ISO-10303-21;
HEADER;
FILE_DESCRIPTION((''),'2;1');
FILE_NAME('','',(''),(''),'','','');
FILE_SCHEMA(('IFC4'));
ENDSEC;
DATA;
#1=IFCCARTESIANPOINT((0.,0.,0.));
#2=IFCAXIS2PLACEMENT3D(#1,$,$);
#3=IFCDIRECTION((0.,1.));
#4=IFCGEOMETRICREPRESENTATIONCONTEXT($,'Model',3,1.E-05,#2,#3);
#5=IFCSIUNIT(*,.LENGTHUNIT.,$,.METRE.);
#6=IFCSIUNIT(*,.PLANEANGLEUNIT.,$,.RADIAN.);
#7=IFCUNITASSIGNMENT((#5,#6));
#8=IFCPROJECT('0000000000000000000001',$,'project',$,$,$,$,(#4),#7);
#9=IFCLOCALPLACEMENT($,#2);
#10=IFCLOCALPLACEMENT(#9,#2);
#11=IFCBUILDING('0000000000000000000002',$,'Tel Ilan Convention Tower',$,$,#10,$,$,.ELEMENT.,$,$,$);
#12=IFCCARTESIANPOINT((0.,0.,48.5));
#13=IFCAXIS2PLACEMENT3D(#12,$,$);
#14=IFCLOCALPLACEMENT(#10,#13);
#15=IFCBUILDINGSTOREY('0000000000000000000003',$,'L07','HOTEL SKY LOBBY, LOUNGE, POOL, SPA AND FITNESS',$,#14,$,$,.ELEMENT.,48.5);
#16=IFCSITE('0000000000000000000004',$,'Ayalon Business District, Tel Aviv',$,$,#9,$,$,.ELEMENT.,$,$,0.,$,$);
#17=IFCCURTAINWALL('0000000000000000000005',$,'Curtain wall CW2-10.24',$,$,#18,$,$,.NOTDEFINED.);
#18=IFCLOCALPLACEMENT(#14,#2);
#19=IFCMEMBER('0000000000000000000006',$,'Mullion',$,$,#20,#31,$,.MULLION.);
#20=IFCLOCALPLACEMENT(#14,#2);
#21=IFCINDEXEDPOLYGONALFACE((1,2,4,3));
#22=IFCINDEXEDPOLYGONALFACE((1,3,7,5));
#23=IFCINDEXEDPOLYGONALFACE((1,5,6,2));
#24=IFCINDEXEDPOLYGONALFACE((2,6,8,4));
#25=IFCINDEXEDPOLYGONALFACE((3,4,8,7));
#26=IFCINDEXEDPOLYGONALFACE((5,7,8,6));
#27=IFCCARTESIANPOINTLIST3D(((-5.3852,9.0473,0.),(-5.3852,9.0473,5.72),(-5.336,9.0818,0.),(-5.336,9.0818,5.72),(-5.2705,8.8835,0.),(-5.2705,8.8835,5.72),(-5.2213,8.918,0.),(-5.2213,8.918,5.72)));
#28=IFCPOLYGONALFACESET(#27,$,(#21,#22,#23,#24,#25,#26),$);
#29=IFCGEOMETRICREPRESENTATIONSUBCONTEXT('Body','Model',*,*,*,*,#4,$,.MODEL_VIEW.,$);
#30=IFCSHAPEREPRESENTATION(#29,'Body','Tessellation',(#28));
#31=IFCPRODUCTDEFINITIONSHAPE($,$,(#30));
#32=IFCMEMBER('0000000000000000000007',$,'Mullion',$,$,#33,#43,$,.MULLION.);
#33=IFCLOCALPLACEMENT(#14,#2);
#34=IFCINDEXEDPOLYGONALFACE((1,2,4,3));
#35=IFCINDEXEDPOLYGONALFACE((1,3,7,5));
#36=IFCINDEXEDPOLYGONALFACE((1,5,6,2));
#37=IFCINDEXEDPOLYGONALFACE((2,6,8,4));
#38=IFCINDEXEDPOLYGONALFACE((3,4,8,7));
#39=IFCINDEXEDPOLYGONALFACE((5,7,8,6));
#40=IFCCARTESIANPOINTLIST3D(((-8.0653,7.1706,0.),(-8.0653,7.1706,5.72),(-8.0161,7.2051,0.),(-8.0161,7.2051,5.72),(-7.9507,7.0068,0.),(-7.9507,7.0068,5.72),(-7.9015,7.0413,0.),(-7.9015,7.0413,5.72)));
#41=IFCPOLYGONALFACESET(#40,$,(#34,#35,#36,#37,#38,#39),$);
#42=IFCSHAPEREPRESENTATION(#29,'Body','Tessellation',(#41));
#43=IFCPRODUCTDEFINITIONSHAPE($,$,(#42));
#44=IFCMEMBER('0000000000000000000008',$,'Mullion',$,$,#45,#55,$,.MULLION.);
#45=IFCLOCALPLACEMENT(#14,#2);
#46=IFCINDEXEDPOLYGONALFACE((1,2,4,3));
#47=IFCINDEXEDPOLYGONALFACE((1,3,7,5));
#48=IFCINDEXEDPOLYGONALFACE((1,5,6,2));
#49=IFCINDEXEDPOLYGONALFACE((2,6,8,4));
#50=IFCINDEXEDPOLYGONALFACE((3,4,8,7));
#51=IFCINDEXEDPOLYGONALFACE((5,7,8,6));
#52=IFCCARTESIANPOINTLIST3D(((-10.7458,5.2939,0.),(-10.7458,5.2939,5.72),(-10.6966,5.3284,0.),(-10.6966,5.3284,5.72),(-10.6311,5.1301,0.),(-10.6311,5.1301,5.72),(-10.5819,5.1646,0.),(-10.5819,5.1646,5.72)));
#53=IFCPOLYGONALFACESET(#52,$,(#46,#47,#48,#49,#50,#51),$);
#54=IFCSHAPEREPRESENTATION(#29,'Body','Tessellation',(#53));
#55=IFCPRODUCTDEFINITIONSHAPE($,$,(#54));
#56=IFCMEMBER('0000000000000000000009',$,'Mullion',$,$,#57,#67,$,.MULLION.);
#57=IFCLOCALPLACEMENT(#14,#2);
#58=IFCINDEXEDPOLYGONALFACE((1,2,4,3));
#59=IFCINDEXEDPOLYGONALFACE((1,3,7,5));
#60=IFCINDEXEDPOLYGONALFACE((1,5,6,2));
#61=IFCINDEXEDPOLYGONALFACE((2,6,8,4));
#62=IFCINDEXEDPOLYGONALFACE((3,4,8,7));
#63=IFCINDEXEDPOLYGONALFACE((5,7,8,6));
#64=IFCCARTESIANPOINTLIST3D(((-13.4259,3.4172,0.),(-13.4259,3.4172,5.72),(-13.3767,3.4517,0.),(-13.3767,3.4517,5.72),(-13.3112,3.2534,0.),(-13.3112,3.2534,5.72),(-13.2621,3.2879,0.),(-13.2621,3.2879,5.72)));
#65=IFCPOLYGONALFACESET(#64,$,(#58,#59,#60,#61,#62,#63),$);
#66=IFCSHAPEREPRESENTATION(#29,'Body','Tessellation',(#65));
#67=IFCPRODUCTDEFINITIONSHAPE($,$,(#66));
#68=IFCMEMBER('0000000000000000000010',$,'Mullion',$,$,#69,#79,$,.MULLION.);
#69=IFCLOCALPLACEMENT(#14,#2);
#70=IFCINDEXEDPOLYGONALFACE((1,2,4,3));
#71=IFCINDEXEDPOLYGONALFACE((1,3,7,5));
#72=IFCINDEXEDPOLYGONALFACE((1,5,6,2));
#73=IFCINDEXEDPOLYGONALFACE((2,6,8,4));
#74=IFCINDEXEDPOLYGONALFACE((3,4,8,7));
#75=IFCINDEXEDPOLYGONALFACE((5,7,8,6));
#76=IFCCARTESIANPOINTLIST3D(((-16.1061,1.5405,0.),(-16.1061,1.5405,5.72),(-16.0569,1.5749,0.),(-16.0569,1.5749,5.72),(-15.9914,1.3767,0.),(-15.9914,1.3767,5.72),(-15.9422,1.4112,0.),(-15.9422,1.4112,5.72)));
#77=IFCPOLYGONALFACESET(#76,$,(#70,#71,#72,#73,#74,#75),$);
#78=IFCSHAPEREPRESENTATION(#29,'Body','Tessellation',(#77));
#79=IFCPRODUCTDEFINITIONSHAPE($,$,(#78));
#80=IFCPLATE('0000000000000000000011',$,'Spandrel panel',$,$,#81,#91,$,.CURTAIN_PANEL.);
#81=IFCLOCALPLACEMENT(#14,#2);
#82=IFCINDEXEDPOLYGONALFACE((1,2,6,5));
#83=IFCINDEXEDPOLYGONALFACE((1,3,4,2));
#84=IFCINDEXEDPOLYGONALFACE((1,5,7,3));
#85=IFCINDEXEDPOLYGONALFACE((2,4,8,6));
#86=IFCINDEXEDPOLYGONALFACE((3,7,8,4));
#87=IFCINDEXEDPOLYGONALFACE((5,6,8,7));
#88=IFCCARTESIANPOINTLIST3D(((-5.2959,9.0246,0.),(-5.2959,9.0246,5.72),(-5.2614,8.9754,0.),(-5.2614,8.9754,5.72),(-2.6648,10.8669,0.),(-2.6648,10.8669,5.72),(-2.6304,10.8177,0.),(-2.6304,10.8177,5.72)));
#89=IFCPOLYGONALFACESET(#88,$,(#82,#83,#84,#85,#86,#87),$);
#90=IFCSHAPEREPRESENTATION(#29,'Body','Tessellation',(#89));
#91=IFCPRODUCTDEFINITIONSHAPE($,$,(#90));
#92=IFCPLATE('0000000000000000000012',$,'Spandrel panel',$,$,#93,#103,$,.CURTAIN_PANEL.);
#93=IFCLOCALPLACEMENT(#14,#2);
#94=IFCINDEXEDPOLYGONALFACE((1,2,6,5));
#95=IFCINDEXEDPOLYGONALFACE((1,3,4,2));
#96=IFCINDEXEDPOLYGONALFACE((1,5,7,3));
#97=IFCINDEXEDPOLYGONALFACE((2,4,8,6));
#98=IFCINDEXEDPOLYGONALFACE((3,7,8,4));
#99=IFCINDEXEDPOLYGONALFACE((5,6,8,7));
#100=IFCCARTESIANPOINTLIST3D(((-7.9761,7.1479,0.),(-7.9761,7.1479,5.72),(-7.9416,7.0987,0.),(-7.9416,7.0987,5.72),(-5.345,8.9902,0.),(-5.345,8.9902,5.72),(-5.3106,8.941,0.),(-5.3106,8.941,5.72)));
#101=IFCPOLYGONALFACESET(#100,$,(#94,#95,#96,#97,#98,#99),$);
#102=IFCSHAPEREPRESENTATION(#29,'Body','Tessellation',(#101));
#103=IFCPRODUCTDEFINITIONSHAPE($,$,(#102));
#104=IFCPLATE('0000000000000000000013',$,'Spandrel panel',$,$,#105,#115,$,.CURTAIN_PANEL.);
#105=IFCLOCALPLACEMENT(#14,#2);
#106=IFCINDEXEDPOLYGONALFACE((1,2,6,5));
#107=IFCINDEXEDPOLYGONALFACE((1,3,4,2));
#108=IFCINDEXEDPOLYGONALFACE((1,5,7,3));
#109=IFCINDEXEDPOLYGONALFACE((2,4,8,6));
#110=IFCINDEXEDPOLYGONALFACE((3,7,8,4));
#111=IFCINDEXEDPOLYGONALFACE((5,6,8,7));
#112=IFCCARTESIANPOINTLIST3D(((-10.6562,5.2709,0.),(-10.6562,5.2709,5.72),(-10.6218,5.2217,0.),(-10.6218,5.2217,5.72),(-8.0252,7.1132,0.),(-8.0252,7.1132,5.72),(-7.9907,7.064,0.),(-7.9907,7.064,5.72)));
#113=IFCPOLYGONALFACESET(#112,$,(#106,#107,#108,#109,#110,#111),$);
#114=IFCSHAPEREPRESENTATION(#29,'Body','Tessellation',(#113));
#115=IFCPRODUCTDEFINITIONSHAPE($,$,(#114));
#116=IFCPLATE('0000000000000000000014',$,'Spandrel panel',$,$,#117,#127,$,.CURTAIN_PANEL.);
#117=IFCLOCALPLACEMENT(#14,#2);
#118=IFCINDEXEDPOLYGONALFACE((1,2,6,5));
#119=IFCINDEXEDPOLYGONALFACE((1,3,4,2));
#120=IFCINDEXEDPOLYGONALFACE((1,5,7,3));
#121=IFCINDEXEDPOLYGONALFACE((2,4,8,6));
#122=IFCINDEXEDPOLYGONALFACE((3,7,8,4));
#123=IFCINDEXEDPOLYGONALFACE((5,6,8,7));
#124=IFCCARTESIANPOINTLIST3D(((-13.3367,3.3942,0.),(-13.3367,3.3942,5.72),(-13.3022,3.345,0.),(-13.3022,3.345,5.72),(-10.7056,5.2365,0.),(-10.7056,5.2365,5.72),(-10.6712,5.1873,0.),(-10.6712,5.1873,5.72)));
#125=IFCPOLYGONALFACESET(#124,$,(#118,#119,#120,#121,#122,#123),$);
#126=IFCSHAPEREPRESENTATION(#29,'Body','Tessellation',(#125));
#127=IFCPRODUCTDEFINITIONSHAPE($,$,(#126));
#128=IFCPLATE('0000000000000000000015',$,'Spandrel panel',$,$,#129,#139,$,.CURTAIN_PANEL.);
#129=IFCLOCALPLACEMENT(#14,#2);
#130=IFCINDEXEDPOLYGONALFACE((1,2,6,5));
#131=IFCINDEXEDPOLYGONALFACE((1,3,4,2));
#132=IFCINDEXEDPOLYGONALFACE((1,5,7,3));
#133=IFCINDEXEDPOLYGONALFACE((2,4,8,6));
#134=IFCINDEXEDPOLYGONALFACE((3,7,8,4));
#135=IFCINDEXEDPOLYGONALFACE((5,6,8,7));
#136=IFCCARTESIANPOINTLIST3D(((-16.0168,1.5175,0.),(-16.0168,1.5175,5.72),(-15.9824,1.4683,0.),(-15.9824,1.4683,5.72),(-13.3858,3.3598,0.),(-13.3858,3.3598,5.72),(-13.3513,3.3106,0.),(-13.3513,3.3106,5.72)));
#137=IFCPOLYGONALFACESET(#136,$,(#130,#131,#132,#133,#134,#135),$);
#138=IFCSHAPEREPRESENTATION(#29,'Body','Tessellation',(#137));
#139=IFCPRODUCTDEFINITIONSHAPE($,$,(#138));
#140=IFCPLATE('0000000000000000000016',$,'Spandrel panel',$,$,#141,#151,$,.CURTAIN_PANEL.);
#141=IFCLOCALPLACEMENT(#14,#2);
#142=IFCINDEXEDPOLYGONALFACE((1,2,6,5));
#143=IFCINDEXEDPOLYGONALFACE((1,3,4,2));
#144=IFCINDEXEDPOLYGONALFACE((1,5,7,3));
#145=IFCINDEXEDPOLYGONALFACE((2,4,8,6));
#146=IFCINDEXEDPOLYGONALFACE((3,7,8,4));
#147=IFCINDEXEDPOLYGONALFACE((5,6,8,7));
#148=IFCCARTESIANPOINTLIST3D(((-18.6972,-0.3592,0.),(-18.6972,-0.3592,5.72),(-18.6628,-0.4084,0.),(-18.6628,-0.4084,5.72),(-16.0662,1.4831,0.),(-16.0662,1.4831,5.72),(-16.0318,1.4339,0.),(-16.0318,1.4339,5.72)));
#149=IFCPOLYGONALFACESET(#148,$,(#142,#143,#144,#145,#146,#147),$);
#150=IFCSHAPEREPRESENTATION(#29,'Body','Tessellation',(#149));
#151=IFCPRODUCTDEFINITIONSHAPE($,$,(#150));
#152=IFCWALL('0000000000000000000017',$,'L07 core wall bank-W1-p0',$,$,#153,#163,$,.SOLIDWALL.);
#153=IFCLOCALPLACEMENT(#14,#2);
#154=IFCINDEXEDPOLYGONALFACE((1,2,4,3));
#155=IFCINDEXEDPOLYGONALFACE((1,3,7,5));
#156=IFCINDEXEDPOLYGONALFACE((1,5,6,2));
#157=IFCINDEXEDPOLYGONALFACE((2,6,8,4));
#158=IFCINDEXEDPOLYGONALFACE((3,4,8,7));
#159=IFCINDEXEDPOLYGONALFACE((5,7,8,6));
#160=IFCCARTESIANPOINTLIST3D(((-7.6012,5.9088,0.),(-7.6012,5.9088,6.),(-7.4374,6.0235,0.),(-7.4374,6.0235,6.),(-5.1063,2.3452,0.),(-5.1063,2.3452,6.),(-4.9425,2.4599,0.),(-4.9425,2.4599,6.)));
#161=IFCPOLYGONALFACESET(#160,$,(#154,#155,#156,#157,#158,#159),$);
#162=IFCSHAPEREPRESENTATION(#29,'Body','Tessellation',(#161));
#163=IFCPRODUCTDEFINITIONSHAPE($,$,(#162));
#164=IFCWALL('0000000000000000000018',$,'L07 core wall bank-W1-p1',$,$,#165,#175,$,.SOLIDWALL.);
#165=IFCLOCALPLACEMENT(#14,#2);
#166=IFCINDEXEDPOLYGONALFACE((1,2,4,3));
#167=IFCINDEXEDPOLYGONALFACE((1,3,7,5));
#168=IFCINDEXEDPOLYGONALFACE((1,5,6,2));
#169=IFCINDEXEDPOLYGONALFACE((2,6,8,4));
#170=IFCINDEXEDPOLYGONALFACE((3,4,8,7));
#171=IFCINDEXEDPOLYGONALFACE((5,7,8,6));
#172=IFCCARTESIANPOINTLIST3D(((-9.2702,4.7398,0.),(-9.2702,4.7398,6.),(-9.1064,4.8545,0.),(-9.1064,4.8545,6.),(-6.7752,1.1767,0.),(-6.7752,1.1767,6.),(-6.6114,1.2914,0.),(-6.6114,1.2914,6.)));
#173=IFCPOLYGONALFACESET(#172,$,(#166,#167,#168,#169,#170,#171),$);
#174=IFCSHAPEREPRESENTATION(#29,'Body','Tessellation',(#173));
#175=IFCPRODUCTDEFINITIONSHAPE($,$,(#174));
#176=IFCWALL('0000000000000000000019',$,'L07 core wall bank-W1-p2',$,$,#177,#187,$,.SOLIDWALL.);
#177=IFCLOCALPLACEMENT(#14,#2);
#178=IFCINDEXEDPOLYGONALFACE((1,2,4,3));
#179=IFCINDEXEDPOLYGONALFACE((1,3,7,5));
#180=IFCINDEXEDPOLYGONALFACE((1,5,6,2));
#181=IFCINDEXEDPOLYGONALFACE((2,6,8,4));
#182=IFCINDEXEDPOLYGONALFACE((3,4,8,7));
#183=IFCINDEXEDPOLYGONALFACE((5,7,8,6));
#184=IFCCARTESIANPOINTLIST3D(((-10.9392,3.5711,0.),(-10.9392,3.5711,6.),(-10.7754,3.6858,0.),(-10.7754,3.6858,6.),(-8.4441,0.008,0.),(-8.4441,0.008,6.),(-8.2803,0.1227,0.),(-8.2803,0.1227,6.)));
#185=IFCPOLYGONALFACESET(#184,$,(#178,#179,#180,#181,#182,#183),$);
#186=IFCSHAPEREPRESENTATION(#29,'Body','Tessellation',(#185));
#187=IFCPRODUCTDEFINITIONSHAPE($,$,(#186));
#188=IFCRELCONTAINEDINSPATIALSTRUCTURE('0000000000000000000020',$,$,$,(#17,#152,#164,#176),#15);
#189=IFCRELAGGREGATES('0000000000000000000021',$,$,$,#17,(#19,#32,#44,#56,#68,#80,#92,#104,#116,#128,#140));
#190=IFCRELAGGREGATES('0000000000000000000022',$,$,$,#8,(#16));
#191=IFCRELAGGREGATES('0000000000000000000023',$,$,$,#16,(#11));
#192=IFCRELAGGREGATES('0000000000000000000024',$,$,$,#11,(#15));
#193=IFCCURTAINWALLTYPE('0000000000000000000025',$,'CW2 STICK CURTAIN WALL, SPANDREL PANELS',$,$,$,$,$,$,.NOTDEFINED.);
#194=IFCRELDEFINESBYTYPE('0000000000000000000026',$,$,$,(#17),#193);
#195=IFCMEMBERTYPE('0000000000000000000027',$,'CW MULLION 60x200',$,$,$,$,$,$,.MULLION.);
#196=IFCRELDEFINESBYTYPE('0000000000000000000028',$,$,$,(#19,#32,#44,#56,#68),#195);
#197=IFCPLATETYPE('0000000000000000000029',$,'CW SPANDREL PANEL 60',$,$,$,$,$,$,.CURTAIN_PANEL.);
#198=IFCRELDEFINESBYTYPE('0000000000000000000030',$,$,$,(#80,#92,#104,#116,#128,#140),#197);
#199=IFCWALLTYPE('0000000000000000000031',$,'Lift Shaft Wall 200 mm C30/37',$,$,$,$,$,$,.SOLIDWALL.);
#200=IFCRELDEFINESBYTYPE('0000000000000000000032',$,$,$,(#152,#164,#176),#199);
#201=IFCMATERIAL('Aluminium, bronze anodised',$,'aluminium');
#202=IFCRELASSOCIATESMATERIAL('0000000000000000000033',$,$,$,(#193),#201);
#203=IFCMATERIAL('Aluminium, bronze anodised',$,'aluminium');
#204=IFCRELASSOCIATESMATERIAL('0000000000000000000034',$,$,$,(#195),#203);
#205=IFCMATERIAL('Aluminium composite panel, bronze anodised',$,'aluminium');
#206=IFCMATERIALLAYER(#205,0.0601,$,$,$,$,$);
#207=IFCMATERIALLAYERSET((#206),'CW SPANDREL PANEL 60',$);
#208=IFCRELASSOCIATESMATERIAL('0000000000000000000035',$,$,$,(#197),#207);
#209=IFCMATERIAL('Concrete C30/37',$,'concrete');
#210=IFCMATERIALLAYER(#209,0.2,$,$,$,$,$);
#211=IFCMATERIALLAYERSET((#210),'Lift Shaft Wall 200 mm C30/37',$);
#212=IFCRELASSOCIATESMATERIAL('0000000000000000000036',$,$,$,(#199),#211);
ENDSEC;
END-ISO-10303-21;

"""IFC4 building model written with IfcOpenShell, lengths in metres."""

from ifc_helpers import new_model, si_unit, direction, frame, frame_2d, origin, origin_2d, place, context, subcontext, project, spatial, rectangle, extrude, material, layer, layer_set, material_profile, profile_set, type_object, element, aggregate, save


model = new_model("IFC4")

# Units and contexts
model_context = context("Model", 3, precision=1e-05, world=origin(), true_north=direction((0.0, 1.0)))
body_context = subcontext(model_context, "Body", "Model", "MODEL_VIEW")
ifc_project = project(units=[si_unit("LENGTHUNIT", "METRE"), si_unit("PLANEANGLEUNIT", "RADIAN")], contexts=[model_context])

# Site, building, storey
site_placement = place(None, origin())
site = spatial("IfcSite", under=ifc_project, at=site_placement, Name="Ayalon Business District, Tel Aviv", CompositionType="ELEMENT", RefElevation=0.0)
building_placement = place(site_placement, origin())
building = spatial("IfcBuilding", under=site, at=building_placement, Name="Tel Ilan Convention Tower", CompositionType="ELEMENT")
storey_placement = place(building_placement, frame((0.0, 0.0, 48.5)))
storey = spatial("IfcBuildingStorey", under=building, at=storey_placement, Name="L07", Description="HOTEL SKY LOBBY, LOUNGE, POOL, SPA AND FITNESS", CompositionType="ELEMENT", Elevation=48.5)

# Curtain wall, members, plates
ifc_material_1 = material(Name="Aluminium, bronze anodised", Category="aluminium")
curtain_wall_type = type_object("IfcCurtainWallType", Name="CW2 STICK CURTAIN WALL, SPANDREL PANELS", PredefinedType="NOTDEFINED", material=ifc_material_1)
curtain_wall_placement = place(storey_placement, origin())
curtain_wall = element("IfcCurtainWall", 1, at=curtain_wall_placement, inside=storey, type_object=curtain_wall_type, Name="Curtain wall CW2-10.24", PredefinedType="NOTDEFINED")
ifc_material_2 = material(Name="Aluminium, bronze anodised", Category="aluminium")
ifc_material_profile = material_profile(ifc_material_2, rectangle(XDim=0.0601, YDim=0.2, at=origin_2d()), Name="CW MULLION 60x200")
ifc_profile_set = profile_set([ifc_material_profile], Name="Aluminium, bronze anodised")
member_type = type_object("IfcMemberType", Name="CW MULLION 60x200", PredefinedType="MULLION", material=ifc_profile_set)
member_1_placement = place(storey_placement, frame((-5.3032, 8.9827, 0.0), z_axis=(0.0, 0.0, 1.0), x_axis=(-0.819152, -0.573576, 0.0)))
member_1 = element("IfcMember", 2, at=member_1_placement, type_object=member_type, Name="Mullion", PredefinedType="MULLION", context=body_context, shape_type="SweptSolid", body=[
    extrude(rectangle(XDim=0.0601, YDim=0.2, at=origin_2d()), origin(), (0.0, 0.0, 1.0), 5.72),
])
member_2_placement = place(storey_placement, frame((-7.9834, 7.106, 0.0), z_axis=(0.0, 0.0, 1.0), x_axis=(-0.819152, -0.573576, 0.0)))
member_2 = element("IfcMember", 3, at=member_2_placement, type_object=member_type, Name="Mullion", PredefinedType="MULLION", context=body_context, shape_type="SweptSolid", body=[
    extrude(rectangle(XDim=0.0601, YDim=0.2, at=origin_2d()), origin(), (0.0, 0.0, 1.0), 5.72),
])
member_3_placement = place(storey_placement, frame((-10.6638, 5.2292, 0.0), z_axis=(0.0, 0.0, 1.0), x_axis=(-0.819152, -0.573576, 0.0)))
member_3 = element("IfcMember", 4, at=member_3_placement, type_object=member_type, Name="Mullion", PredefinedType="MULLION", context=body_context, shape_type="SweptSolid", body=[
    extrude(rectangle(XDim=0.0601, YDim=0.2, at=origin_2d()), origin(), (0.0, 0.0, 1.0), 5.72),
])
member_4_placement = place(storey_placement, frame((-13.344, 3.3525, 0.0), z_axis=(0.0, 0.0, 1.0), x_axis=(-0.819152, -0.573576, 0.0)))
member_4 = element("IfcMember", 5, at=member_4_placement, type_object=member_type, Name="Mullion", PredefinedType="MULLION", context=body_context, shape_type="SweptSolid", body=[
    extrude(rectangle(XDim=0.0601, YDim=0.2, at=origin_2d()), origin(), (0.0, 0.0, 1.0), 5.72),
])
member_5_placement = place(storey_placement, frame((-16.0242, 1.4758, 0.0), z_axis=(0.0, 0.0, 1.0), x_axis=(-0.819152, -0.573576, 0.0)))
member_5 = element("IfcMember", 6, at=member_5_placement, type_object=member_type, Name="Mullion", PredefinedType="MULLION", context=body_context, shape_type="SweptSolid", body=[
    extrude(rectangle(XDim=0.0601, YDim=0.2, at=origin_2d()), origin(), (0.0, 0.0, 1.0), 5.72),
])
ifc_material_3 = material(Name="Aluminium composite panel, bronze anodised", Category="aluminium")
ifc_layer_1 = layer(ifc_material_3, 0.0601)
ifc_layer_set_1 = layer_set([ifc_layer_1], Name="CW SPANDREL PANEL 60")
plate_type = type_object("IfcPlateType", Name="CW SPANDREL PANEL 60", PredefinedType="CURTAIN_PANEL", material=ifc_layer_set_1)
plate_1_placement = place(storey_placement, frame((-3.9631, 9.9211, 0.0), z_axis=(0.0, 0.0, 1.0), x_axis=(-0.819152, -0.573576, 0.0)))
plate_1 = element("IfcPlate", 7, at=plate_1_placement, type_object=plate_type, Name="Spandrel panel", PredefinedType="CURTAIN_PANEL", context=body_context, shape_type="SweptSolid", body=[
    extrude(rectangle(XDim=3.2119, YDim=0.0601, at=origin_2d()), origin(), (0.0, 0.0, 1.0), 5.72),
])
plate_2_placement = place(storey_placement, frame((-6.6433, 8.0444, 0.0), z_axis=(0.0, 0.0, 1.0), x_axis=(-0.819152, -0.573576, 0.0)))
plate_2 = element("IfcPlate", 8, at=plate_2_placement, type_object=plate_type, Name="Spandrel panel", PredefinedType="CURTAIN_PANEL", context=body_context, shape_type="SweptSolid", body=[
    extrude(rectangle(XDim=3.2119, YDim=0.0601, at=origin_2d()), origin(), (0.0, 0.0, 1.0), 5.72),
])
plate_3_placement = place(storey_placement, frame((-9.3235, 6.1675, 0.0), z_axis=(0.0, 0.0, 1.0), x_axis=(-0.819152, -0.573576, 0.0)))
plate_3 = element("IfcPlate", 9, at=plate_3_placement, type_object=plate_type, Name="Spandrel panel", PredefinedType="CURTAIN_PANEL", context=body_context, shape_type="SweptSolid", body=[
    extrude(rectangle(XDim=3.2119, YDim=0.0601, at=origin_2d()), origin(), (0.0, 0.0, 1.0), 5.72),
])
plate_4_placement = place(storey_placement, frame((-12.0039, 4.2908, 0.0), z_axis=(0.0, 0.0, 1.0), x_axis=(-0.819152, -0.573576, 0.0)))
plate_4 = element("IfcPlate", 10, at=plate_4_placement, type_object=plate_type, Name="Spandrel panel", PredefinedType="CURTAIN_PANEL", context=body_context, shape_type="SweptSolid", body=[
    extrude(rectangle(XDim=3.2119, YDim=0.0601, at=origin_2d()), origin(), (0.0, 0.0, 1.0), 5.72),
])
plate_5_placement = place(storey_placement, frame((-14.6841, 2.4141, 0.0), z_axis=(0.0, 0.0, 1.0), x_axis=(-0.819152, -0.573576, 0.0)))
plate_5 = element("IfcPlate", 11, at=plate_5_placement, type_object=plate_type, Name="Spandrel panel", PredefinedType="CURTAIN_PANEL", context=body_context, shape_type="SweptSolid", body=[
    extrude(rectangle(XDim=3.2119, YDim=0.0601, at=origin_2d()), origin(), (0.0, 0.0, 1.0), 5.72),
])
plate_6_placement = place(storey_placement, frame((-17.3645, 0.5374, 0.0), z_axis=(0.0, 0.0, 1.0), x_axis=(-0.819152, -0.573576, 0.0)))
plate_6 = element("IfcPlate", 12, at=plate_6_placement, type_object=plate_type, Name="Spandrel panel", PredefinedType="CURTAIN_PANEL", context=body_context, shape_type="SweptSolid", body=[
    extrude(rectangle(XDim=3.2119, YDim=0.0601, at=origin_2d()), origin(), (0.0, 0.0, 1.0), 5.72),
])
aggregate(curtain_wall, [member_1, member_2, member_3, member_4, member_5, plate_1, plate_2, plate_3, plate_4, plate_5, plate_6])

# Walls
ifc_material_4 = material(Name="Concrete C30/37", Category="concrete")
ifc_layer_2 = layer(ifc_material_4, 0.2)
ifc_layer_set_2 = layer_set([ifc_layer_2], Name="Lift Shaft Wall 200 mm C30/37")
wall_type = type_object("IfcWallType", Name="Lift Shaft Wall 200 mm C30/37", PredefinedType="SOLIDWALL", material=ifc_layer_set_2)
wall_placement = place(storey_placement, frame((-5.0244, 2.4026, 0.0), z_axis=(0.0, 0.0, 1.0), x_axis=(-0.57353, 0.819184, 0.0)))
element("IfcWall", 13, at=wall_placement, inside=storey, type_object=wall_type, Name="L07 core wall bank-W1-p0", PredefinedType="SOLIDWALL", context=body_context, shape_type="SweptSolid", body=[
    extrude(rectangle(XDim=4.3501, YDim=0.2, at=frame_2d((2.175, 0.0))), origin(), (0.0, 0.0, 1.0), 6.0),
])
for number, where, z_axis, x_axis, name in (
    (14, (-6.6934, 1.2341, 0.0), (0.0, 0.0, 1.0), (-0.573594, 0.81914, 0.0), "L07 core wall bank-W1-p1"),
    (15, (-8.3623, 0.0654, 0.0), (0.0, 0.0, 1.0), (-0.573594, 0.81914, 0.0), "L07 core wall bank-W1-p2"),
):
    element("IfcWall", number, at=place(storey_placement, frame(where, z_axis=z_axis, x_axis=x_axis)), inside=storey, type_object=wall_type, Name=name, PredefinedType="SOLIDWALL", context=body_context, shape_type="SweptSolid", body=[
        extrude(rectangle(XDim=4.3499, YDim=0.2, at=frame_2d((2.1748, 0.0))), origin(), (0.0, 0.0, 1.0), 6.0),
    ])

save(model, "model.ifc")
